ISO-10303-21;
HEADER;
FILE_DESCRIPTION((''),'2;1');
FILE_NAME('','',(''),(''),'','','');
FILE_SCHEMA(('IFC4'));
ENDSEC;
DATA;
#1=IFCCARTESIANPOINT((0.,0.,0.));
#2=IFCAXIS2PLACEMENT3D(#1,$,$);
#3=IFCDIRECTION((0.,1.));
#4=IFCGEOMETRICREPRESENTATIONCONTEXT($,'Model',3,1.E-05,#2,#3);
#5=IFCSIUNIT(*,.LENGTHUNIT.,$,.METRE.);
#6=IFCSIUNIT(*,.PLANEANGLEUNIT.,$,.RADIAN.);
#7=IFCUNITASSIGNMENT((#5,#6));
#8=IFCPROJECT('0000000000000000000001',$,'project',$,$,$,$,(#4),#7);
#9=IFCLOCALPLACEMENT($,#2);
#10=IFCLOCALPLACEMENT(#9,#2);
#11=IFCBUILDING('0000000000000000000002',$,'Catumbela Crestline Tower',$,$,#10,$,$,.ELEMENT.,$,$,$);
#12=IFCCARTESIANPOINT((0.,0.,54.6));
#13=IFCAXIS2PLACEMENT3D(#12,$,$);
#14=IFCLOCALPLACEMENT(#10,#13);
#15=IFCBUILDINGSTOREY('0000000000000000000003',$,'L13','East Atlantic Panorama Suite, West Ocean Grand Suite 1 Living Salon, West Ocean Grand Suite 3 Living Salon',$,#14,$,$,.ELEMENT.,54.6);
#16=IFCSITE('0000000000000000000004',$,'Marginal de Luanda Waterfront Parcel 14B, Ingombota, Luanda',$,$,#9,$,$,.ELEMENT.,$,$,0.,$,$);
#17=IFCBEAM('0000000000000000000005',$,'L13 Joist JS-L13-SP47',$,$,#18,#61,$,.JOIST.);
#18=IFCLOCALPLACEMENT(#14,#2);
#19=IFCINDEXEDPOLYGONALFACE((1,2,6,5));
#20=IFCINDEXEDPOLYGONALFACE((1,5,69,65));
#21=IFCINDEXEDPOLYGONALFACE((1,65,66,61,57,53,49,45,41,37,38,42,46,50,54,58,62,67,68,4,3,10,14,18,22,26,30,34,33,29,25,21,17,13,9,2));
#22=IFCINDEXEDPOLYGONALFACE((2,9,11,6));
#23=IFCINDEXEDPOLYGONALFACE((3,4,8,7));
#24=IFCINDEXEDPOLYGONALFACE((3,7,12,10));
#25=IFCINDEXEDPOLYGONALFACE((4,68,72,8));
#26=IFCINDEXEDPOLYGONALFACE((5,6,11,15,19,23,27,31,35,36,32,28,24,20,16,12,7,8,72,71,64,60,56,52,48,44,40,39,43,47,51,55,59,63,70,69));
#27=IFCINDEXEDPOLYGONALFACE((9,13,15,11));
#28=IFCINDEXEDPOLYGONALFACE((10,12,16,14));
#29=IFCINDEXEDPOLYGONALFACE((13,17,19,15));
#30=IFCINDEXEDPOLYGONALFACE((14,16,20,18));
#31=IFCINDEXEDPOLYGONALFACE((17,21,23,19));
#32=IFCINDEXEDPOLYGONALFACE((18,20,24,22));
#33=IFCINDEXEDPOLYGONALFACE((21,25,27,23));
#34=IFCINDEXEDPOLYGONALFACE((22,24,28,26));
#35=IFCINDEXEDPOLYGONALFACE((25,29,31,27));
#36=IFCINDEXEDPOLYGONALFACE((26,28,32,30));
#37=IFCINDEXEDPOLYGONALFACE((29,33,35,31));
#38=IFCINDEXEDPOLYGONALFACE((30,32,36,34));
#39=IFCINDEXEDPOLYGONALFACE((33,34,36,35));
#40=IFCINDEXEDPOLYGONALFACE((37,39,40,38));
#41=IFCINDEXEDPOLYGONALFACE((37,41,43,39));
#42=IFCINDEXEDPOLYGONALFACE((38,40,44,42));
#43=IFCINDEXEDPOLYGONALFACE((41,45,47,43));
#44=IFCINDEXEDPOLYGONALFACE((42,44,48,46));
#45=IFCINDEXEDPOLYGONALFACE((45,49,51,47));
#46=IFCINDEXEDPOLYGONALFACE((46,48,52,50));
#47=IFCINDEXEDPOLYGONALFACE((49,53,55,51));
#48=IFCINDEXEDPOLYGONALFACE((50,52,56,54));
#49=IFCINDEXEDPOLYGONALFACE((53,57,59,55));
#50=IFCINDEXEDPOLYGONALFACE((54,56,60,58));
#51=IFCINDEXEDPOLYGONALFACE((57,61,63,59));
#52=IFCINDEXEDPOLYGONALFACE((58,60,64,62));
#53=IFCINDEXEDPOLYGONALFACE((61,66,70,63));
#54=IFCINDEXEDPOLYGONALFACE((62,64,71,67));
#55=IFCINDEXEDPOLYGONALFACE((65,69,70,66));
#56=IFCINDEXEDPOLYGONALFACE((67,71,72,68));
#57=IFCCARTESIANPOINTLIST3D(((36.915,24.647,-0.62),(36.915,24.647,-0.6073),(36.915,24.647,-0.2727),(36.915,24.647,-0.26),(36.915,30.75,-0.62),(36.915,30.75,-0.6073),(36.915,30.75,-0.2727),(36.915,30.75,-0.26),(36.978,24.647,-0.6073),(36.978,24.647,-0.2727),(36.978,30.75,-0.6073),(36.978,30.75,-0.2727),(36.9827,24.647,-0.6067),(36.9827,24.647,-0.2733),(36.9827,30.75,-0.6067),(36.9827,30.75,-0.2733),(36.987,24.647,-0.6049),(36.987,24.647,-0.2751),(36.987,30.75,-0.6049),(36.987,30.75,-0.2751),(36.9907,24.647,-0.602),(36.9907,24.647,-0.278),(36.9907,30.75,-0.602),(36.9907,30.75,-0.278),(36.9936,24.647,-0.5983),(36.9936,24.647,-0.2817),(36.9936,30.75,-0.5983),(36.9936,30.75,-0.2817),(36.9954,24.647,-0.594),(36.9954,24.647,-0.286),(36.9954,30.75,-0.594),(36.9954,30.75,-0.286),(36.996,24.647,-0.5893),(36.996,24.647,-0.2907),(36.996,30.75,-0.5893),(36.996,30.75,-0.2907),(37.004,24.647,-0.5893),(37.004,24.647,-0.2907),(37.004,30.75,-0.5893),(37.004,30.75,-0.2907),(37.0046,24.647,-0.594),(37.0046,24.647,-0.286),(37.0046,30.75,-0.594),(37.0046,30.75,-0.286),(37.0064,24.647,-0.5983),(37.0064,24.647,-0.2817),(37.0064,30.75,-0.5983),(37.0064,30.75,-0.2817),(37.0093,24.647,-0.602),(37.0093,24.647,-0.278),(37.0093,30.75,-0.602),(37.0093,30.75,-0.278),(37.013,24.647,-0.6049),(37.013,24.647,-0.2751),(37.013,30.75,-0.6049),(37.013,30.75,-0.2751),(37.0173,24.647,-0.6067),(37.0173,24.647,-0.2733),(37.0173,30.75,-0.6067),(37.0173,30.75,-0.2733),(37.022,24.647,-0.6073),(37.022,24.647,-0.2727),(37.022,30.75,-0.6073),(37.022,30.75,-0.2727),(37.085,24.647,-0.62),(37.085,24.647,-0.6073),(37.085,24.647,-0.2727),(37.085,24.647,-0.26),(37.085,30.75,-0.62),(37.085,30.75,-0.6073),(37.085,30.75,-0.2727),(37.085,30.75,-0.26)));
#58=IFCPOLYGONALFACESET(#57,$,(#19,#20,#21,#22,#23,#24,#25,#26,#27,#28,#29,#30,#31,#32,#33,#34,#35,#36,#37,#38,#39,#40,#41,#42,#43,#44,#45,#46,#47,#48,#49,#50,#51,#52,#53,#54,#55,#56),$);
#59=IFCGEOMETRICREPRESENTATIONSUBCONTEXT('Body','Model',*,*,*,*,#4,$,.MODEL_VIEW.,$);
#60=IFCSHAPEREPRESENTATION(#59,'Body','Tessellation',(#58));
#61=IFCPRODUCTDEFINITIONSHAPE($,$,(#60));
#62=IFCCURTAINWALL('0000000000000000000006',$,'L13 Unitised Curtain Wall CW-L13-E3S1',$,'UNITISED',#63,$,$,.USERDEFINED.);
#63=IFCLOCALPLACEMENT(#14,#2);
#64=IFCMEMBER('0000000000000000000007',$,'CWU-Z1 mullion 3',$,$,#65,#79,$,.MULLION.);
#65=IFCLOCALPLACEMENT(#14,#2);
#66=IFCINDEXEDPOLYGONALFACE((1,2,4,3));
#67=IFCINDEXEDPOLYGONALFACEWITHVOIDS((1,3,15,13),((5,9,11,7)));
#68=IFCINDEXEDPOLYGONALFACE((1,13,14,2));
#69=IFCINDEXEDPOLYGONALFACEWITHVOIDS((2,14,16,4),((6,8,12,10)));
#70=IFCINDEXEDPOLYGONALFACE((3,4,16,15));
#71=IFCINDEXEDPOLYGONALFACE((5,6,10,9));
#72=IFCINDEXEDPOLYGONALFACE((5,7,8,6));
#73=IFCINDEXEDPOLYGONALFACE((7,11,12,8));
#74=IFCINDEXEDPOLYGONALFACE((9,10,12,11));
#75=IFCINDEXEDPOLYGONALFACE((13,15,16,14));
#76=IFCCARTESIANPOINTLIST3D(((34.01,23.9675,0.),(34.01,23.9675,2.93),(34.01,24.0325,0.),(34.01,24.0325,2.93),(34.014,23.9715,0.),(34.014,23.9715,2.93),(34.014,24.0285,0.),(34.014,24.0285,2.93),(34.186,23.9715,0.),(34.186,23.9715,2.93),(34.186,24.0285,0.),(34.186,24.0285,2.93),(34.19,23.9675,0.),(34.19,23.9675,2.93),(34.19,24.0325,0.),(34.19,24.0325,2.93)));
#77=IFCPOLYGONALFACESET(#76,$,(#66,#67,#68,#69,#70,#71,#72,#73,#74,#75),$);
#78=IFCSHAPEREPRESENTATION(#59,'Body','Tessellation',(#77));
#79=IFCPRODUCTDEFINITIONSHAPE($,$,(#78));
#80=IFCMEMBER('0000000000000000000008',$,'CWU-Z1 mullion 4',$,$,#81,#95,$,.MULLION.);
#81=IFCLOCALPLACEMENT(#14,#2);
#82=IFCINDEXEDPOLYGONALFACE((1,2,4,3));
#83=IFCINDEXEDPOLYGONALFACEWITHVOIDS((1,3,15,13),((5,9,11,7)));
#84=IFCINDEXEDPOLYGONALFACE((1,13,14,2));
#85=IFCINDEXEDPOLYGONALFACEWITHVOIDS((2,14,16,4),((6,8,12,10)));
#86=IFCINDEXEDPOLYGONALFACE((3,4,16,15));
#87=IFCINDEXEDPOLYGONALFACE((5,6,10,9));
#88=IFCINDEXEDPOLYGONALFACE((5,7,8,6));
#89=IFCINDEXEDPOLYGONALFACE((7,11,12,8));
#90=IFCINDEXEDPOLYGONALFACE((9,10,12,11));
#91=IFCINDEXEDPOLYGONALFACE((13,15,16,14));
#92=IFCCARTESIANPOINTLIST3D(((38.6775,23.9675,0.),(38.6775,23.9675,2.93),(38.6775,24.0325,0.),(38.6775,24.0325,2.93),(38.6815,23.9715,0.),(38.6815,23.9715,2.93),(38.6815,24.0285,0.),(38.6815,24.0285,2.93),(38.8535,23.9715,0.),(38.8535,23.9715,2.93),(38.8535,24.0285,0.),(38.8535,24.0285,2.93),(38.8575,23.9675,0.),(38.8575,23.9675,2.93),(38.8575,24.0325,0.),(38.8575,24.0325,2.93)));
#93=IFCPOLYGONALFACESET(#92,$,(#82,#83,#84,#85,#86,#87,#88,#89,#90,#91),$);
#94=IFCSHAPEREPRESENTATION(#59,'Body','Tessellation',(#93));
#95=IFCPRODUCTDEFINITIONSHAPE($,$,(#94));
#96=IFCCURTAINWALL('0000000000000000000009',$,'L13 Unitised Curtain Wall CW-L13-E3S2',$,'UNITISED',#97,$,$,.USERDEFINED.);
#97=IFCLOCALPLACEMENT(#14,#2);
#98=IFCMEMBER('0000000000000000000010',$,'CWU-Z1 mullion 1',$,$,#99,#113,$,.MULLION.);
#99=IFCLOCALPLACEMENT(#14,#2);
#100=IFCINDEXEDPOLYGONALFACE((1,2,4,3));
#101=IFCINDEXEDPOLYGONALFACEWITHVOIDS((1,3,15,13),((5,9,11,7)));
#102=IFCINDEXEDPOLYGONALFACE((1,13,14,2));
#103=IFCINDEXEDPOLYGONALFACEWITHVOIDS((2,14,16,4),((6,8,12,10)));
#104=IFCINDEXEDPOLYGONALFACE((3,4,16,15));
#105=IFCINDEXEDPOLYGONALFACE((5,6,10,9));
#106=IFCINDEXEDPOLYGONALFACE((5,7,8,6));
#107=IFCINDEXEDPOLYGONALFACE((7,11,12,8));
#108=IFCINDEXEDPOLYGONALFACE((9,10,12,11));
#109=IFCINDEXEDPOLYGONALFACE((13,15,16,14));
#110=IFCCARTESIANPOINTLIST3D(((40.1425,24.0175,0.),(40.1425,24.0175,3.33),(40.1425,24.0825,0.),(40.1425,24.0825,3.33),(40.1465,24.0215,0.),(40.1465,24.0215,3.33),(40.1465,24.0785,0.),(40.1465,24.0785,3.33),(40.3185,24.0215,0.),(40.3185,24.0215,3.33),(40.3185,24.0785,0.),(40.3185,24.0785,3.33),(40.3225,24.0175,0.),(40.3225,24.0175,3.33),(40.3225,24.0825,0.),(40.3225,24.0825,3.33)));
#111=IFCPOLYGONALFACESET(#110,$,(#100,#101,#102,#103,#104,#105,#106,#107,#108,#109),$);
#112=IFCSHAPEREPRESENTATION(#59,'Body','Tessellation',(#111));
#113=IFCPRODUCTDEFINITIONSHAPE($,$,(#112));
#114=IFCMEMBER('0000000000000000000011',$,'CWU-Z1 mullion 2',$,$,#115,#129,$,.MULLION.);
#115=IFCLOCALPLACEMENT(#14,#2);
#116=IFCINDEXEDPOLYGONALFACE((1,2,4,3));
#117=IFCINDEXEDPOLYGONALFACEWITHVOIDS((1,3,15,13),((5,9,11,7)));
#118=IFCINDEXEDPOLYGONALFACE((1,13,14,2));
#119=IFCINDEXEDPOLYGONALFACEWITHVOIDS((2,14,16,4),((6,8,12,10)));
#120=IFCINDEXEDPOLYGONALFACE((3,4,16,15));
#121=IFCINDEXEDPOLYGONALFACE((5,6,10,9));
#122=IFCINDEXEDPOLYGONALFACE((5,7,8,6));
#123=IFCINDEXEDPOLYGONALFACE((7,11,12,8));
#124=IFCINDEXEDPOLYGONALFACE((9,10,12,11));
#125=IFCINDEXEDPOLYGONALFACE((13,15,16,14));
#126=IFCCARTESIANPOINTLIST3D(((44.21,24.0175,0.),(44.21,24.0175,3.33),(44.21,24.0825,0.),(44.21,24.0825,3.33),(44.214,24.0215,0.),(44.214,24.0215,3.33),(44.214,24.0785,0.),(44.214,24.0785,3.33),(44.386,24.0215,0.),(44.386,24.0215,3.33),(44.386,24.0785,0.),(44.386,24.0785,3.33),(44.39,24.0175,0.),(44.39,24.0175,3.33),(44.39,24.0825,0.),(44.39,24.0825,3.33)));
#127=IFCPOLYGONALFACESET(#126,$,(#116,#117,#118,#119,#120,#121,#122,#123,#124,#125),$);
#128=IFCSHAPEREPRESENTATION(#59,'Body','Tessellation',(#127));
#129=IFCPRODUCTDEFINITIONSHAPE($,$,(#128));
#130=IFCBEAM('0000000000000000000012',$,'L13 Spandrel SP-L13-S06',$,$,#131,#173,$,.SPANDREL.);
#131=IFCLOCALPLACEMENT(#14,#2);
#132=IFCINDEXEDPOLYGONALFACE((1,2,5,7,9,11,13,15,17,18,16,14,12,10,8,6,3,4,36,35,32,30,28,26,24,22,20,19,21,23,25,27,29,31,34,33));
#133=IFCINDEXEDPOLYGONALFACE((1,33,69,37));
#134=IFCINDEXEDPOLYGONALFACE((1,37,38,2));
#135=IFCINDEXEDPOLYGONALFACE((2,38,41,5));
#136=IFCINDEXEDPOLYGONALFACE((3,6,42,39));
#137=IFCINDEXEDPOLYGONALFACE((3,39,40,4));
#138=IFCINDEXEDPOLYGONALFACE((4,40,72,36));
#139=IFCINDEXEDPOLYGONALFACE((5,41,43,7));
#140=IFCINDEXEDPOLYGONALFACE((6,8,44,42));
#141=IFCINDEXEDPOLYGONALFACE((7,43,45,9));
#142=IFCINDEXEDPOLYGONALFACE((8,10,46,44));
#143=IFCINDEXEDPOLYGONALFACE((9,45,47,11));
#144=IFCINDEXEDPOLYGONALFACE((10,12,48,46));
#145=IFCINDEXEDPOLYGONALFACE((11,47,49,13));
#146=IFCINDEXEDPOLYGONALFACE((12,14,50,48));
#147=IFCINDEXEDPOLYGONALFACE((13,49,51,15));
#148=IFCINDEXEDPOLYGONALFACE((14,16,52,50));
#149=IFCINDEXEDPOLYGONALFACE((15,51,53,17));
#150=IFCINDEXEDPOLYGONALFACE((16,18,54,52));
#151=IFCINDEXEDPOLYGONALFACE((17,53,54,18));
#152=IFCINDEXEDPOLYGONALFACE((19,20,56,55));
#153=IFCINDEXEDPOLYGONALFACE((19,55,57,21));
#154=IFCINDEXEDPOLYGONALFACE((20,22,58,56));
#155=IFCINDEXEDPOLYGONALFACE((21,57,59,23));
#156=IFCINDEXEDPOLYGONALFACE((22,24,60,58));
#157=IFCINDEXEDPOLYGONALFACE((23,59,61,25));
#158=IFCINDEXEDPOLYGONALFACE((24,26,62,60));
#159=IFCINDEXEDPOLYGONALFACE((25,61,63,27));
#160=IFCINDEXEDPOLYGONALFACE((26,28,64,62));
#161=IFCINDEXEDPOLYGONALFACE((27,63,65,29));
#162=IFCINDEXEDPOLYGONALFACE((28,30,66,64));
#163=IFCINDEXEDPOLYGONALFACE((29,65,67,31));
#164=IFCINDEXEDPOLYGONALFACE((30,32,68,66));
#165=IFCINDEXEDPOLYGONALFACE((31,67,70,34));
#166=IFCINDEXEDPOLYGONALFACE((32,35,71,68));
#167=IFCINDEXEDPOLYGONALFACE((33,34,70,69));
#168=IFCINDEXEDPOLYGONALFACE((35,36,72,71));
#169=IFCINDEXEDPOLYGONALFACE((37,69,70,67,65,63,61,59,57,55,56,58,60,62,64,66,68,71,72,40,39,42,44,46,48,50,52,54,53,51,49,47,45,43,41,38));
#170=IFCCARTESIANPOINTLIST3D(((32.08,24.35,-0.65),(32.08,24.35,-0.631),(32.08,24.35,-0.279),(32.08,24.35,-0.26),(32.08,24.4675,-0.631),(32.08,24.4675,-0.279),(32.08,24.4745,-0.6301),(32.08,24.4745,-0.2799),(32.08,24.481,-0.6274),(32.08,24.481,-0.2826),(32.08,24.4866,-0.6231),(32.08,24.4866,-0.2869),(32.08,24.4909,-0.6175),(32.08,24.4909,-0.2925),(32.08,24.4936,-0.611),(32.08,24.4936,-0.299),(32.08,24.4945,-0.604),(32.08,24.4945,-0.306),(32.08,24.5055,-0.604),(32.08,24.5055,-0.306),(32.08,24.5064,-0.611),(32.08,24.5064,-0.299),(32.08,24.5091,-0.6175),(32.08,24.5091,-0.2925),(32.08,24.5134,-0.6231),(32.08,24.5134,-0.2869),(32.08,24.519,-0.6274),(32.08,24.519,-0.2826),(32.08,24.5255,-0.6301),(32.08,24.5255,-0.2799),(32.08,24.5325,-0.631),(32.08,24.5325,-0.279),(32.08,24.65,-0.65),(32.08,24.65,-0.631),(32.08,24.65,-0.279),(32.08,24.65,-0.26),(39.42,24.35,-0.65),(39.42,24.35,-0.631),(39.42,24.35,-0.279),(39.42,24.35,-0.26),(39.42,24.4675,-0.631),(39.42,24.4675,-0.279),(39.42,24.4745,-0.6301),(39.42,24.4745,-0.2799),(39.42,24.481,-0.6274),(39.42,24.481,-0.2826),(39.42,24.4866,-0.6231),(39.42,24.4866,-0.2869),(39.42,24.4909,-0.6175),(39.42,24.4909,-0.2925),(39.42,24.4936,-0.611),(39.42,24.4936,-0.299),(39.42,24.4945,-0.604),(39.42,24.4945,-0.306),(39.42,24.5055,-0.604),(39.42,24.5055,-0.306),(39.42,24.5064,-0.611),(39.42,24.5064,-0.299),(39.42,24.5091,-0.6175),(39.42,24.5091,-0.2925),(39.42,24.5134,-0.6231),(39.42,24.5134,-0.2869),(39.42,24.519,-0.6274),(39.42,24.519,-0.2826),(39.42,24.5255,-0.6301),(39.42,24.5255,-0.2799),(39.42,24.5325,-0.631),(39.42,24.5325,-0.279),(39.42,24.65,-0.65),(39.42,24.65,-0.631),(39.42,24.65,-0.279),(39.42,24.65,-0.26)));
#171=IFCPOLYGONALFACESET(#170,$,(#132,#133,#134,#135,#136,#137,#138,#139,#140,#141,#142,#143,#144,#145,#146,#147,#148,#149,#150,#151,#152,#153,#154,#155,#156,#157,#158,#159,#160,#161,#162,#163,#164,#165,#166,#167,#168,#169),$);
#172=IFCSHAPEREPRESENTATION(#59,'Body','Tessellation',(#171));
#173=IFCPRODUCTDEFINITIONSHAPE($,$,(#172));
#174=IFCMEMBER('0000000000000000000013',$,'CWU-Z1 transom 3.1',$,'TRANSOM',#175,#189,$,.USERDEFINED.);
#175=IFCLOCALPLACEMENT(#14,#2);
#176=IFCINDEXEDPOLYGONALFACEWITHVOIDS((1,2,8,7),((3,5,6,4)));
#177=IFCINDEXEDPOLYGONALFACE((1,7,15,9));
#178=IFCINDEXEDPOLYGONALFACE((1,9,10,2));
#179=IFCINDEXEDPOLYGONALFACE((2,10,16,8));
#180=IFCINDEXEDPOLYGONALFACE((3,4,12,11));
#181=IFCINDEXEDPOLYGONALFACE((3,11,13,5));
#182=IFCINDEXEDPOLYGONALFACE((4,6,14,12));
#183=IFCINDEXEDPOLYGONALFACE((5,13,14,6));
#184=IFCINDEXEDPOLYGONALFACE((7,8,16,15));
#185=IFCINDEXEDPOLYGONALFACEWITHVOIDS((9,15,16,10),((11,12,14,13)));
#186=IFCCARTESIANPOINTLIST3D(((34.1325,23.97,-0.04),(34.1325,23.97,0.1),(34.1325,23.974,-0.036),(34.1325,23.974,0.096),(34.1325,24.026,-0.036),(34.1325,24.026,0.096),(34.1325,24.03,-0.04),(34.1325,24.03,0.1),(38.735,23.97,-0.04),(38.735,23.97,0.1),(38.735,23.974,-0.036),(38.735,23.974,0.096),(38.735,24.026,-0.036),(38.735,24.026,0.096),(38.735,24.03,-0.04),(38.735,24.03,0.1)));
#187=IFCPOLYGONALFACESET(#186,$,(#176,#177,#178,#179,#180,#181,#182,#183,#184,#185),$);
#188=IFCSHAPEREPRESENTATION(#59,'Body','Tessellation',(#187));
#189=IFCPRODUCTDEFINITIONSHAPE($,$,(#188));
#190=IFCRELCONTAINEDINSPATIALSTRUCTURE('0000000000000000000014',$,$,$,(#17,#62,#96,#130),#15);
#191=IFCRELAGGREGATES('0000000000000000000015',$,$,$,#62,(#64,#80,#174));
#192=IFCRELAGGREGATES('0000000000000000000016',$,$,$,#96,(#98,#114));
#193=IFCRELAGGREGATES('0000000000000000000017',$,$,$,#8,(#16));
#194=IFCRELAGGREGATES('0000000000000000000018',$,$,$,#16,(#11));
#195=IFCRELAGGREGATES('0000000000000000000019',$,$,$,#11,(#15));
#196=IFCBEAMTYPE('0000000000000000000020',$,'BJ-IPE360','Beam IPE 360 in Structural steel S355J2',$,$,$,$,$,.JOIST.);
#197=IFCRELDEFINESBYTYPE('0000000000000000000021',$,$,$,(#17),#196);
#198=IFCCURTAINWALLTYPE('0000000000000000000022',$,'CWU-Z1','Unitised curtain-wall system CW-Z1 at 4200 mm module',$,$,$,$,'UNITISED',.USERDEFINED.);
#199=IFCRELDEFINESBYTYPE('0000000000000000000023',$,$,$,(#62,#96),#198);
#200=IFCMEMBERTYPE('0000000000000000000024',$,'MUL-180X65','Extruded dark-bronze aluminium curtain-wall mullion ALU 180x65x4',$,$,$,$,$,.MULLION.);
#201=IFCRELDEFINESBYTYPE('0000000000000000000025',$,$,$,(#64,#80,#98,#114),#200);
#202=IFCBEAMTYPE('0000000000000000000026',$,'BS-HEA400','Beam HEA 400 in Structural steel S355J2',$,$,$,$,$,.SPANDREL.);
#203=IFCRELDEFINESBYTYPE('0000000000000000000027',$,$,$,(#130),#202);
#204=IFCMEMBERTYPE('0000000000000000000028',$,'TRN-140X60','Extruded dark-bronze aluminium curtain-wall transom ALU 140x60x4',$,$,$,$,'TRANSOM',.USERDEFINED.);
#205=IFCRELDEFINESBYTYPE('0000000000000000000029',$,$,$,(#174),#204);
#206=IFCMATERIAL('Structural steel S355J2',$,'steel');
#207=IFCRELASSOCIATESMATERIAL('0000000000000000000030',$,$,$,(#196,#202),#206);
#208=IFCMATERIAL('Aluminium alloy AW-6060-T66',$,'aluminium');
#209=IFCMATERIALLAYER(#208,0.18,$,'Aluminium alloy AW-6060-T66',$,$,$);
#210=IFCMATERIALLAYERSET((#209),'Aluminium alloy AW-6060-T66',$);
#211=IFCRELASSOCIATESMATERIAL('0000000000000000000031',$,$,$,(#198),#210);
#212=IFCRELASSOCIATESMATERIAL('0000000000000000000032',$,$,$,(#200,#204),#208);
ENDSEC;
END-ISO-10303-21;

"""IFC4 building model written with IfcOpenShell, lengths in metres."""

from ifc_helpers import new_model, si_unit, direction, frame, origin, origin_2d, place, context, subcontext, project, spatial, hollow_rectangle, i_section, extrude, material, layer, layer_set, material_profile, profile_set, type_object, element, aggregate, save


model = new_model("IFC4")

# Units and contexts
model_context = context("Model", 3, precision=1e-05, world=origin(), true_north=direction((0.0, 1.0)))
body_context = subcontext(model_context, "Body", "Model", "MODEL_VIEW")
ifc_project = project(units=[si_unit("LENGTHUNIT", "METRE"), si_unit("PLANEANGLEUNIT", "RADIAN")], contexts=[model_context])

# Site, building, storey
site_placement = place(None, origin())
site = spatial("IfcSite", under=ifc_project, at=site_placement, Name="Marginal de Luanda Waterfront Parcel 14B, Ingombota, Luanda", CompositionType="ELEMENT", RefElevation=0.0)
building_placement = place(site_placement, origin())
building = spatial("IfcBuilding", under=site, at=building_placement, Name="Catumbela Crestline Tower", CompositionType="ELEMENT")
storey_placement = place(building_placement, frame((0.0, 0.0, 54.6)))
storey = spatial("IfcBuildingStorey", under=building, at=storey_placement, Name="L13", Description="East Atlantic Panorama Suite, West Ocean Grand Suite 1 Living Salon, West Ocean Grand Suite 3 Living Salon", CompositionType="ELEMENT", Elevation=54.6)

# Beam
ifc_material_1 = material(Name="Structural steel S355J2", Category="steel")
ifc_material_profile_1 = material_profile(ifc_material_1, i_section(OverallWidth=0.17, OverallDepth=0.36, WebThickness=0.008, FlangeThickness=0.0127, FilletRadius=0.018, at=origin_2d()), Name="IPE 360")
ifc_profile_set_1 = profile_set([ifc_material_profile_1], Name="Structural steel S355J2")
beam_type_1 = type_object("IfcBeamType", Name="BJ-IPE360", Description="Beam IPE 360 in Structural steel S355J2", PredefinedType="JOIST", material=ifc_profile_set_1)
for number, where, z_axis, x_axis, name in (
    (1, (37.0, 24.647, -0.44), (0.0, 1.0, 0.0), (-1.0, 0.0, 0.0), "L13 Joist JS-L13-SP47"),
):
    element("IfcBeam", number, at=place(storey_placement, frame(where, z_axis=z_axis, x_axis=x_axis)), inside=storey, type_object=beam_type_1, Name=name, PredefinedType="JOIST", context=body_context, shape_type="SweptSolid", body=[
        extrude(i_section(OverallWidth=0.17, OverallDepth=0.36, WebThickness=0.008, FlangeThickness=0.0127, FilletRadius=0.018, at=origin_2d()), origin(), (0.0, 0.0, 1.0), 6.103),
    ])

# Curtain walls, members
ifc_material_2 = material(Name="Aluminium alloy AW-6060-T66", Category="aluminium")
ifc_layer_1 = layer(ifc_material_2, 0.18, Name="Aluminium alloy AW-6060-T66")
ifc_layer_set_1 = layer_set([ifc_layer_1], Name="Aluminium alloy AW-6060-T66")
curtain_wall_type = type_object("IfcCurtainWallType", Name="CWU-Z1", Description="Unitised curtain-wall system CW-Z1 at 4200 mm module", ElementType="UNITISED", PredefinedType="USERDEFINED", material=ifc_layer_set_1)
curtain_wall_1_placement = place(storey_placement, origin())
curtain_wall_1 = element("IfcCurtainWall", 2, at=curtain_wall_1_placement, inside=storey, type_object=curtain_wall_type, Name="L13 Unitised Curtain Wall CW-L13-E3S1", ObjectType="UNITISED", PredefinedType="USERDEFINED")
ifc_material_profile_2 = material_profile(ifc_material_2, hollow_rectangle(XDim=0.065, YDim=0.18, WallThickness=0.004, at=origin_2d()), Name="ALU 180x65x4")
ifc_profile_set_2 = profile_set([ifc_material_profile_2], Name="Aluminium alloy AW-6060-T66")
member_type_1 = type_object("IfcMemberType", Name="MUL-180X65", Description="Extruded dark-bronze aluminium curtain-wall mullion ALU 180x65x4", PredefinedType="MULLION", material=ifc_profile_set_2)
member_1_placement = place(storey_placement, frame((34.1, 24.0, 0.0), z_axis=(0.0, 0.0, 1.0), x_axis=(0.0, 1.0, 0.0)))
member_1 = element("IfcMember", 3, at=member_1_placement, type_object=member_type_1, Name="CWU-Z1 mullion 3", PredefinedType="MULLION", context=body_context, shape_type="SweptSolid", body=[
    extrude(hollow_rectangle(XDim=0.065, YDim=0.18, WallThickness=0.004, at=origin_2d()), origin(), (0.0, 0.0, 1.0), 2.93),
])
member_2_placement = place(storey_placement, frame((38.7675, 24.0, 0.0), z_axis=(0.0, 0.0, 1.0), x_axis=(0.0, 1.0, 0.0)))
member_2 = element("IfcMember", 4, at=member_2_placement, type_object=member_type_1, Name="CWU-Z1 mullion 4", PredefinedType="MULLION", context=body_context, shape_type="SweptSolid", body=[
    extrude(hollow_rectangle(XDim=0.065, YDim=0.18, WallThickness=0.004, at=origin_2d()), origin(), (0.0, 0.0, 1.0), 2.93),
])
curtain_wall_2_placement = place(storey_placement, origin())
curtain_wall_2 = element("IfcCurtainWall", 5, at=curtain_wall_2_placement, inside=storey, type_object=curtain_wall_type, Name="L13 Unitised Curtain Wall CW-L13-E3S2", ObjectType="UNITISED", PredefinedType="USERDEFINED")
member_3_placement = place(storey_placement, frame((40.2325, 24.05, 0.0), z_axis=(0.0, 0.0, 1.0), x_axis=(0.0, 1.0, 0.0)))
member_3 = element("IfcMember", 6, at=member_3_placement, type_object=member_type_1, Name="CWU-Z1 mullion 1", PredefinedType="MULLION", context=body_context, shape_type="SweptSolid", body=[
    extrude(hollow_rectangle(XDim=0.065, YDim=0.18, WallThickness=0.004, at=origin_2d()), origin(), (0.0, 0.0, 1.0), 3.33),
])
member_4_placement = place(storey_placement, frame((44.3, 24.05, 0.0), z_axis=(0.0, 0.0, 1.0), x_axis=(0.0, 1.0, 0.0)))
member_4 = element("IfcMember", 7, at=member_4_placement, type_object=member_type_1, Name="CWU-Z1 mullion 2", PredefinedType="MULLION", context=body_context, shape_type="SweptSolid", body=[
    extrude(hollow_rectangle(XDim=0.065, YDim=0.18, WallThickness=0.004, at=origin_2d()), origin(), (0.0, 0.0, 1.0), 3.33),
])

# Beam
ifc_material_profile_3 = material_profile(ifc_material_1, i_section(OverallWidth=0.3, OverallDepth=0.39, WebThickness=0.011, FlangeThickness=0.019, FilletRadius=0.027, at=origin_2d()), Name="HEA 400")
ifc_profile_set_3 = profile_set([ifc_material_profile_3], Name="Structural steel S355J2")
beam_type_2 = type_object("IfcBeamType", Name="BS-HEA400", Description="Beam HEA 400 in Structural steel S355J2", PredefinedType="SPANDREL", material=ifc_profile_set_3)
beam_1_placement = place(storey_placement, frame((32.08, 24.5, -0.455), z_axis=(1.0, 0.0, 0.0), x_axis=(0.0, 1.0, 0.0)))
element("IfcBeam", 8, at=beam_1_placement, inside=storey, type_object=beam_type_2, Name="L13 Spandrel SP-L13-S06", PredefinedType="SPANDREL", context=body_context, shape_type="SweptSolid", body=[
    extrude(i_section(OverallWidth=0.3, OverallDepth=0.39, WebThickness=0.011, FlangeThickness=0.019, FilletRadius=0.027, at=origin_2d()), origin(), (0.0, 0.0, 1.0), 7.34),
])

# Member
ifc_material_profile_4 = material_profile(ifc_material_2, hollow_rectangle(XDim=0.06, YDim=0.14, WallThickness=0.004, at=origin_2d()), Name="ALU 140x60x4")
ifc_profile_set_4 = profile_set([ifc_material_profile_4], Name="Aluminium alloy AW-6060-T66")
member_type_2 = type_object("IfcMemberType", Name="TRN-140X60", Description="Extruded dark-bronze aluminium curtain-wall transom ALU 140x60x4", ElementType="TRANSOM", PredefinedType="USERDEFINED", material=ifc_profile_set_4)
member_5_placement = place(storey_placement, frame((34.1325, 24.0, 0.03), z_axis=(1.0, 0.0, 0.0), x_axis=(0.0, 1.0, 0.0)))
member_5 = element("IfcMember", 9, at=member_5_placement, type_object=member_type_2, Name="CWU-Z1 transom 3.1", ObjectType="TRANSOM", PredefinedType="USERDEFINED", context=body_context, shape_type="SweptSolid", body=[
    extrude(hollow_rectangle(XDim=0.06, YDim=0.14, WallThickness=0.004, at=origin_2d()), origin(), (0.0, 0.0, 1.0), 4.6025),
])

aggregate(curtain_wall_1, [member_1, member_2, member_5])
aggregate(curtain_wall_2, [member_3, member_4])

save(model, "model.ifc")
